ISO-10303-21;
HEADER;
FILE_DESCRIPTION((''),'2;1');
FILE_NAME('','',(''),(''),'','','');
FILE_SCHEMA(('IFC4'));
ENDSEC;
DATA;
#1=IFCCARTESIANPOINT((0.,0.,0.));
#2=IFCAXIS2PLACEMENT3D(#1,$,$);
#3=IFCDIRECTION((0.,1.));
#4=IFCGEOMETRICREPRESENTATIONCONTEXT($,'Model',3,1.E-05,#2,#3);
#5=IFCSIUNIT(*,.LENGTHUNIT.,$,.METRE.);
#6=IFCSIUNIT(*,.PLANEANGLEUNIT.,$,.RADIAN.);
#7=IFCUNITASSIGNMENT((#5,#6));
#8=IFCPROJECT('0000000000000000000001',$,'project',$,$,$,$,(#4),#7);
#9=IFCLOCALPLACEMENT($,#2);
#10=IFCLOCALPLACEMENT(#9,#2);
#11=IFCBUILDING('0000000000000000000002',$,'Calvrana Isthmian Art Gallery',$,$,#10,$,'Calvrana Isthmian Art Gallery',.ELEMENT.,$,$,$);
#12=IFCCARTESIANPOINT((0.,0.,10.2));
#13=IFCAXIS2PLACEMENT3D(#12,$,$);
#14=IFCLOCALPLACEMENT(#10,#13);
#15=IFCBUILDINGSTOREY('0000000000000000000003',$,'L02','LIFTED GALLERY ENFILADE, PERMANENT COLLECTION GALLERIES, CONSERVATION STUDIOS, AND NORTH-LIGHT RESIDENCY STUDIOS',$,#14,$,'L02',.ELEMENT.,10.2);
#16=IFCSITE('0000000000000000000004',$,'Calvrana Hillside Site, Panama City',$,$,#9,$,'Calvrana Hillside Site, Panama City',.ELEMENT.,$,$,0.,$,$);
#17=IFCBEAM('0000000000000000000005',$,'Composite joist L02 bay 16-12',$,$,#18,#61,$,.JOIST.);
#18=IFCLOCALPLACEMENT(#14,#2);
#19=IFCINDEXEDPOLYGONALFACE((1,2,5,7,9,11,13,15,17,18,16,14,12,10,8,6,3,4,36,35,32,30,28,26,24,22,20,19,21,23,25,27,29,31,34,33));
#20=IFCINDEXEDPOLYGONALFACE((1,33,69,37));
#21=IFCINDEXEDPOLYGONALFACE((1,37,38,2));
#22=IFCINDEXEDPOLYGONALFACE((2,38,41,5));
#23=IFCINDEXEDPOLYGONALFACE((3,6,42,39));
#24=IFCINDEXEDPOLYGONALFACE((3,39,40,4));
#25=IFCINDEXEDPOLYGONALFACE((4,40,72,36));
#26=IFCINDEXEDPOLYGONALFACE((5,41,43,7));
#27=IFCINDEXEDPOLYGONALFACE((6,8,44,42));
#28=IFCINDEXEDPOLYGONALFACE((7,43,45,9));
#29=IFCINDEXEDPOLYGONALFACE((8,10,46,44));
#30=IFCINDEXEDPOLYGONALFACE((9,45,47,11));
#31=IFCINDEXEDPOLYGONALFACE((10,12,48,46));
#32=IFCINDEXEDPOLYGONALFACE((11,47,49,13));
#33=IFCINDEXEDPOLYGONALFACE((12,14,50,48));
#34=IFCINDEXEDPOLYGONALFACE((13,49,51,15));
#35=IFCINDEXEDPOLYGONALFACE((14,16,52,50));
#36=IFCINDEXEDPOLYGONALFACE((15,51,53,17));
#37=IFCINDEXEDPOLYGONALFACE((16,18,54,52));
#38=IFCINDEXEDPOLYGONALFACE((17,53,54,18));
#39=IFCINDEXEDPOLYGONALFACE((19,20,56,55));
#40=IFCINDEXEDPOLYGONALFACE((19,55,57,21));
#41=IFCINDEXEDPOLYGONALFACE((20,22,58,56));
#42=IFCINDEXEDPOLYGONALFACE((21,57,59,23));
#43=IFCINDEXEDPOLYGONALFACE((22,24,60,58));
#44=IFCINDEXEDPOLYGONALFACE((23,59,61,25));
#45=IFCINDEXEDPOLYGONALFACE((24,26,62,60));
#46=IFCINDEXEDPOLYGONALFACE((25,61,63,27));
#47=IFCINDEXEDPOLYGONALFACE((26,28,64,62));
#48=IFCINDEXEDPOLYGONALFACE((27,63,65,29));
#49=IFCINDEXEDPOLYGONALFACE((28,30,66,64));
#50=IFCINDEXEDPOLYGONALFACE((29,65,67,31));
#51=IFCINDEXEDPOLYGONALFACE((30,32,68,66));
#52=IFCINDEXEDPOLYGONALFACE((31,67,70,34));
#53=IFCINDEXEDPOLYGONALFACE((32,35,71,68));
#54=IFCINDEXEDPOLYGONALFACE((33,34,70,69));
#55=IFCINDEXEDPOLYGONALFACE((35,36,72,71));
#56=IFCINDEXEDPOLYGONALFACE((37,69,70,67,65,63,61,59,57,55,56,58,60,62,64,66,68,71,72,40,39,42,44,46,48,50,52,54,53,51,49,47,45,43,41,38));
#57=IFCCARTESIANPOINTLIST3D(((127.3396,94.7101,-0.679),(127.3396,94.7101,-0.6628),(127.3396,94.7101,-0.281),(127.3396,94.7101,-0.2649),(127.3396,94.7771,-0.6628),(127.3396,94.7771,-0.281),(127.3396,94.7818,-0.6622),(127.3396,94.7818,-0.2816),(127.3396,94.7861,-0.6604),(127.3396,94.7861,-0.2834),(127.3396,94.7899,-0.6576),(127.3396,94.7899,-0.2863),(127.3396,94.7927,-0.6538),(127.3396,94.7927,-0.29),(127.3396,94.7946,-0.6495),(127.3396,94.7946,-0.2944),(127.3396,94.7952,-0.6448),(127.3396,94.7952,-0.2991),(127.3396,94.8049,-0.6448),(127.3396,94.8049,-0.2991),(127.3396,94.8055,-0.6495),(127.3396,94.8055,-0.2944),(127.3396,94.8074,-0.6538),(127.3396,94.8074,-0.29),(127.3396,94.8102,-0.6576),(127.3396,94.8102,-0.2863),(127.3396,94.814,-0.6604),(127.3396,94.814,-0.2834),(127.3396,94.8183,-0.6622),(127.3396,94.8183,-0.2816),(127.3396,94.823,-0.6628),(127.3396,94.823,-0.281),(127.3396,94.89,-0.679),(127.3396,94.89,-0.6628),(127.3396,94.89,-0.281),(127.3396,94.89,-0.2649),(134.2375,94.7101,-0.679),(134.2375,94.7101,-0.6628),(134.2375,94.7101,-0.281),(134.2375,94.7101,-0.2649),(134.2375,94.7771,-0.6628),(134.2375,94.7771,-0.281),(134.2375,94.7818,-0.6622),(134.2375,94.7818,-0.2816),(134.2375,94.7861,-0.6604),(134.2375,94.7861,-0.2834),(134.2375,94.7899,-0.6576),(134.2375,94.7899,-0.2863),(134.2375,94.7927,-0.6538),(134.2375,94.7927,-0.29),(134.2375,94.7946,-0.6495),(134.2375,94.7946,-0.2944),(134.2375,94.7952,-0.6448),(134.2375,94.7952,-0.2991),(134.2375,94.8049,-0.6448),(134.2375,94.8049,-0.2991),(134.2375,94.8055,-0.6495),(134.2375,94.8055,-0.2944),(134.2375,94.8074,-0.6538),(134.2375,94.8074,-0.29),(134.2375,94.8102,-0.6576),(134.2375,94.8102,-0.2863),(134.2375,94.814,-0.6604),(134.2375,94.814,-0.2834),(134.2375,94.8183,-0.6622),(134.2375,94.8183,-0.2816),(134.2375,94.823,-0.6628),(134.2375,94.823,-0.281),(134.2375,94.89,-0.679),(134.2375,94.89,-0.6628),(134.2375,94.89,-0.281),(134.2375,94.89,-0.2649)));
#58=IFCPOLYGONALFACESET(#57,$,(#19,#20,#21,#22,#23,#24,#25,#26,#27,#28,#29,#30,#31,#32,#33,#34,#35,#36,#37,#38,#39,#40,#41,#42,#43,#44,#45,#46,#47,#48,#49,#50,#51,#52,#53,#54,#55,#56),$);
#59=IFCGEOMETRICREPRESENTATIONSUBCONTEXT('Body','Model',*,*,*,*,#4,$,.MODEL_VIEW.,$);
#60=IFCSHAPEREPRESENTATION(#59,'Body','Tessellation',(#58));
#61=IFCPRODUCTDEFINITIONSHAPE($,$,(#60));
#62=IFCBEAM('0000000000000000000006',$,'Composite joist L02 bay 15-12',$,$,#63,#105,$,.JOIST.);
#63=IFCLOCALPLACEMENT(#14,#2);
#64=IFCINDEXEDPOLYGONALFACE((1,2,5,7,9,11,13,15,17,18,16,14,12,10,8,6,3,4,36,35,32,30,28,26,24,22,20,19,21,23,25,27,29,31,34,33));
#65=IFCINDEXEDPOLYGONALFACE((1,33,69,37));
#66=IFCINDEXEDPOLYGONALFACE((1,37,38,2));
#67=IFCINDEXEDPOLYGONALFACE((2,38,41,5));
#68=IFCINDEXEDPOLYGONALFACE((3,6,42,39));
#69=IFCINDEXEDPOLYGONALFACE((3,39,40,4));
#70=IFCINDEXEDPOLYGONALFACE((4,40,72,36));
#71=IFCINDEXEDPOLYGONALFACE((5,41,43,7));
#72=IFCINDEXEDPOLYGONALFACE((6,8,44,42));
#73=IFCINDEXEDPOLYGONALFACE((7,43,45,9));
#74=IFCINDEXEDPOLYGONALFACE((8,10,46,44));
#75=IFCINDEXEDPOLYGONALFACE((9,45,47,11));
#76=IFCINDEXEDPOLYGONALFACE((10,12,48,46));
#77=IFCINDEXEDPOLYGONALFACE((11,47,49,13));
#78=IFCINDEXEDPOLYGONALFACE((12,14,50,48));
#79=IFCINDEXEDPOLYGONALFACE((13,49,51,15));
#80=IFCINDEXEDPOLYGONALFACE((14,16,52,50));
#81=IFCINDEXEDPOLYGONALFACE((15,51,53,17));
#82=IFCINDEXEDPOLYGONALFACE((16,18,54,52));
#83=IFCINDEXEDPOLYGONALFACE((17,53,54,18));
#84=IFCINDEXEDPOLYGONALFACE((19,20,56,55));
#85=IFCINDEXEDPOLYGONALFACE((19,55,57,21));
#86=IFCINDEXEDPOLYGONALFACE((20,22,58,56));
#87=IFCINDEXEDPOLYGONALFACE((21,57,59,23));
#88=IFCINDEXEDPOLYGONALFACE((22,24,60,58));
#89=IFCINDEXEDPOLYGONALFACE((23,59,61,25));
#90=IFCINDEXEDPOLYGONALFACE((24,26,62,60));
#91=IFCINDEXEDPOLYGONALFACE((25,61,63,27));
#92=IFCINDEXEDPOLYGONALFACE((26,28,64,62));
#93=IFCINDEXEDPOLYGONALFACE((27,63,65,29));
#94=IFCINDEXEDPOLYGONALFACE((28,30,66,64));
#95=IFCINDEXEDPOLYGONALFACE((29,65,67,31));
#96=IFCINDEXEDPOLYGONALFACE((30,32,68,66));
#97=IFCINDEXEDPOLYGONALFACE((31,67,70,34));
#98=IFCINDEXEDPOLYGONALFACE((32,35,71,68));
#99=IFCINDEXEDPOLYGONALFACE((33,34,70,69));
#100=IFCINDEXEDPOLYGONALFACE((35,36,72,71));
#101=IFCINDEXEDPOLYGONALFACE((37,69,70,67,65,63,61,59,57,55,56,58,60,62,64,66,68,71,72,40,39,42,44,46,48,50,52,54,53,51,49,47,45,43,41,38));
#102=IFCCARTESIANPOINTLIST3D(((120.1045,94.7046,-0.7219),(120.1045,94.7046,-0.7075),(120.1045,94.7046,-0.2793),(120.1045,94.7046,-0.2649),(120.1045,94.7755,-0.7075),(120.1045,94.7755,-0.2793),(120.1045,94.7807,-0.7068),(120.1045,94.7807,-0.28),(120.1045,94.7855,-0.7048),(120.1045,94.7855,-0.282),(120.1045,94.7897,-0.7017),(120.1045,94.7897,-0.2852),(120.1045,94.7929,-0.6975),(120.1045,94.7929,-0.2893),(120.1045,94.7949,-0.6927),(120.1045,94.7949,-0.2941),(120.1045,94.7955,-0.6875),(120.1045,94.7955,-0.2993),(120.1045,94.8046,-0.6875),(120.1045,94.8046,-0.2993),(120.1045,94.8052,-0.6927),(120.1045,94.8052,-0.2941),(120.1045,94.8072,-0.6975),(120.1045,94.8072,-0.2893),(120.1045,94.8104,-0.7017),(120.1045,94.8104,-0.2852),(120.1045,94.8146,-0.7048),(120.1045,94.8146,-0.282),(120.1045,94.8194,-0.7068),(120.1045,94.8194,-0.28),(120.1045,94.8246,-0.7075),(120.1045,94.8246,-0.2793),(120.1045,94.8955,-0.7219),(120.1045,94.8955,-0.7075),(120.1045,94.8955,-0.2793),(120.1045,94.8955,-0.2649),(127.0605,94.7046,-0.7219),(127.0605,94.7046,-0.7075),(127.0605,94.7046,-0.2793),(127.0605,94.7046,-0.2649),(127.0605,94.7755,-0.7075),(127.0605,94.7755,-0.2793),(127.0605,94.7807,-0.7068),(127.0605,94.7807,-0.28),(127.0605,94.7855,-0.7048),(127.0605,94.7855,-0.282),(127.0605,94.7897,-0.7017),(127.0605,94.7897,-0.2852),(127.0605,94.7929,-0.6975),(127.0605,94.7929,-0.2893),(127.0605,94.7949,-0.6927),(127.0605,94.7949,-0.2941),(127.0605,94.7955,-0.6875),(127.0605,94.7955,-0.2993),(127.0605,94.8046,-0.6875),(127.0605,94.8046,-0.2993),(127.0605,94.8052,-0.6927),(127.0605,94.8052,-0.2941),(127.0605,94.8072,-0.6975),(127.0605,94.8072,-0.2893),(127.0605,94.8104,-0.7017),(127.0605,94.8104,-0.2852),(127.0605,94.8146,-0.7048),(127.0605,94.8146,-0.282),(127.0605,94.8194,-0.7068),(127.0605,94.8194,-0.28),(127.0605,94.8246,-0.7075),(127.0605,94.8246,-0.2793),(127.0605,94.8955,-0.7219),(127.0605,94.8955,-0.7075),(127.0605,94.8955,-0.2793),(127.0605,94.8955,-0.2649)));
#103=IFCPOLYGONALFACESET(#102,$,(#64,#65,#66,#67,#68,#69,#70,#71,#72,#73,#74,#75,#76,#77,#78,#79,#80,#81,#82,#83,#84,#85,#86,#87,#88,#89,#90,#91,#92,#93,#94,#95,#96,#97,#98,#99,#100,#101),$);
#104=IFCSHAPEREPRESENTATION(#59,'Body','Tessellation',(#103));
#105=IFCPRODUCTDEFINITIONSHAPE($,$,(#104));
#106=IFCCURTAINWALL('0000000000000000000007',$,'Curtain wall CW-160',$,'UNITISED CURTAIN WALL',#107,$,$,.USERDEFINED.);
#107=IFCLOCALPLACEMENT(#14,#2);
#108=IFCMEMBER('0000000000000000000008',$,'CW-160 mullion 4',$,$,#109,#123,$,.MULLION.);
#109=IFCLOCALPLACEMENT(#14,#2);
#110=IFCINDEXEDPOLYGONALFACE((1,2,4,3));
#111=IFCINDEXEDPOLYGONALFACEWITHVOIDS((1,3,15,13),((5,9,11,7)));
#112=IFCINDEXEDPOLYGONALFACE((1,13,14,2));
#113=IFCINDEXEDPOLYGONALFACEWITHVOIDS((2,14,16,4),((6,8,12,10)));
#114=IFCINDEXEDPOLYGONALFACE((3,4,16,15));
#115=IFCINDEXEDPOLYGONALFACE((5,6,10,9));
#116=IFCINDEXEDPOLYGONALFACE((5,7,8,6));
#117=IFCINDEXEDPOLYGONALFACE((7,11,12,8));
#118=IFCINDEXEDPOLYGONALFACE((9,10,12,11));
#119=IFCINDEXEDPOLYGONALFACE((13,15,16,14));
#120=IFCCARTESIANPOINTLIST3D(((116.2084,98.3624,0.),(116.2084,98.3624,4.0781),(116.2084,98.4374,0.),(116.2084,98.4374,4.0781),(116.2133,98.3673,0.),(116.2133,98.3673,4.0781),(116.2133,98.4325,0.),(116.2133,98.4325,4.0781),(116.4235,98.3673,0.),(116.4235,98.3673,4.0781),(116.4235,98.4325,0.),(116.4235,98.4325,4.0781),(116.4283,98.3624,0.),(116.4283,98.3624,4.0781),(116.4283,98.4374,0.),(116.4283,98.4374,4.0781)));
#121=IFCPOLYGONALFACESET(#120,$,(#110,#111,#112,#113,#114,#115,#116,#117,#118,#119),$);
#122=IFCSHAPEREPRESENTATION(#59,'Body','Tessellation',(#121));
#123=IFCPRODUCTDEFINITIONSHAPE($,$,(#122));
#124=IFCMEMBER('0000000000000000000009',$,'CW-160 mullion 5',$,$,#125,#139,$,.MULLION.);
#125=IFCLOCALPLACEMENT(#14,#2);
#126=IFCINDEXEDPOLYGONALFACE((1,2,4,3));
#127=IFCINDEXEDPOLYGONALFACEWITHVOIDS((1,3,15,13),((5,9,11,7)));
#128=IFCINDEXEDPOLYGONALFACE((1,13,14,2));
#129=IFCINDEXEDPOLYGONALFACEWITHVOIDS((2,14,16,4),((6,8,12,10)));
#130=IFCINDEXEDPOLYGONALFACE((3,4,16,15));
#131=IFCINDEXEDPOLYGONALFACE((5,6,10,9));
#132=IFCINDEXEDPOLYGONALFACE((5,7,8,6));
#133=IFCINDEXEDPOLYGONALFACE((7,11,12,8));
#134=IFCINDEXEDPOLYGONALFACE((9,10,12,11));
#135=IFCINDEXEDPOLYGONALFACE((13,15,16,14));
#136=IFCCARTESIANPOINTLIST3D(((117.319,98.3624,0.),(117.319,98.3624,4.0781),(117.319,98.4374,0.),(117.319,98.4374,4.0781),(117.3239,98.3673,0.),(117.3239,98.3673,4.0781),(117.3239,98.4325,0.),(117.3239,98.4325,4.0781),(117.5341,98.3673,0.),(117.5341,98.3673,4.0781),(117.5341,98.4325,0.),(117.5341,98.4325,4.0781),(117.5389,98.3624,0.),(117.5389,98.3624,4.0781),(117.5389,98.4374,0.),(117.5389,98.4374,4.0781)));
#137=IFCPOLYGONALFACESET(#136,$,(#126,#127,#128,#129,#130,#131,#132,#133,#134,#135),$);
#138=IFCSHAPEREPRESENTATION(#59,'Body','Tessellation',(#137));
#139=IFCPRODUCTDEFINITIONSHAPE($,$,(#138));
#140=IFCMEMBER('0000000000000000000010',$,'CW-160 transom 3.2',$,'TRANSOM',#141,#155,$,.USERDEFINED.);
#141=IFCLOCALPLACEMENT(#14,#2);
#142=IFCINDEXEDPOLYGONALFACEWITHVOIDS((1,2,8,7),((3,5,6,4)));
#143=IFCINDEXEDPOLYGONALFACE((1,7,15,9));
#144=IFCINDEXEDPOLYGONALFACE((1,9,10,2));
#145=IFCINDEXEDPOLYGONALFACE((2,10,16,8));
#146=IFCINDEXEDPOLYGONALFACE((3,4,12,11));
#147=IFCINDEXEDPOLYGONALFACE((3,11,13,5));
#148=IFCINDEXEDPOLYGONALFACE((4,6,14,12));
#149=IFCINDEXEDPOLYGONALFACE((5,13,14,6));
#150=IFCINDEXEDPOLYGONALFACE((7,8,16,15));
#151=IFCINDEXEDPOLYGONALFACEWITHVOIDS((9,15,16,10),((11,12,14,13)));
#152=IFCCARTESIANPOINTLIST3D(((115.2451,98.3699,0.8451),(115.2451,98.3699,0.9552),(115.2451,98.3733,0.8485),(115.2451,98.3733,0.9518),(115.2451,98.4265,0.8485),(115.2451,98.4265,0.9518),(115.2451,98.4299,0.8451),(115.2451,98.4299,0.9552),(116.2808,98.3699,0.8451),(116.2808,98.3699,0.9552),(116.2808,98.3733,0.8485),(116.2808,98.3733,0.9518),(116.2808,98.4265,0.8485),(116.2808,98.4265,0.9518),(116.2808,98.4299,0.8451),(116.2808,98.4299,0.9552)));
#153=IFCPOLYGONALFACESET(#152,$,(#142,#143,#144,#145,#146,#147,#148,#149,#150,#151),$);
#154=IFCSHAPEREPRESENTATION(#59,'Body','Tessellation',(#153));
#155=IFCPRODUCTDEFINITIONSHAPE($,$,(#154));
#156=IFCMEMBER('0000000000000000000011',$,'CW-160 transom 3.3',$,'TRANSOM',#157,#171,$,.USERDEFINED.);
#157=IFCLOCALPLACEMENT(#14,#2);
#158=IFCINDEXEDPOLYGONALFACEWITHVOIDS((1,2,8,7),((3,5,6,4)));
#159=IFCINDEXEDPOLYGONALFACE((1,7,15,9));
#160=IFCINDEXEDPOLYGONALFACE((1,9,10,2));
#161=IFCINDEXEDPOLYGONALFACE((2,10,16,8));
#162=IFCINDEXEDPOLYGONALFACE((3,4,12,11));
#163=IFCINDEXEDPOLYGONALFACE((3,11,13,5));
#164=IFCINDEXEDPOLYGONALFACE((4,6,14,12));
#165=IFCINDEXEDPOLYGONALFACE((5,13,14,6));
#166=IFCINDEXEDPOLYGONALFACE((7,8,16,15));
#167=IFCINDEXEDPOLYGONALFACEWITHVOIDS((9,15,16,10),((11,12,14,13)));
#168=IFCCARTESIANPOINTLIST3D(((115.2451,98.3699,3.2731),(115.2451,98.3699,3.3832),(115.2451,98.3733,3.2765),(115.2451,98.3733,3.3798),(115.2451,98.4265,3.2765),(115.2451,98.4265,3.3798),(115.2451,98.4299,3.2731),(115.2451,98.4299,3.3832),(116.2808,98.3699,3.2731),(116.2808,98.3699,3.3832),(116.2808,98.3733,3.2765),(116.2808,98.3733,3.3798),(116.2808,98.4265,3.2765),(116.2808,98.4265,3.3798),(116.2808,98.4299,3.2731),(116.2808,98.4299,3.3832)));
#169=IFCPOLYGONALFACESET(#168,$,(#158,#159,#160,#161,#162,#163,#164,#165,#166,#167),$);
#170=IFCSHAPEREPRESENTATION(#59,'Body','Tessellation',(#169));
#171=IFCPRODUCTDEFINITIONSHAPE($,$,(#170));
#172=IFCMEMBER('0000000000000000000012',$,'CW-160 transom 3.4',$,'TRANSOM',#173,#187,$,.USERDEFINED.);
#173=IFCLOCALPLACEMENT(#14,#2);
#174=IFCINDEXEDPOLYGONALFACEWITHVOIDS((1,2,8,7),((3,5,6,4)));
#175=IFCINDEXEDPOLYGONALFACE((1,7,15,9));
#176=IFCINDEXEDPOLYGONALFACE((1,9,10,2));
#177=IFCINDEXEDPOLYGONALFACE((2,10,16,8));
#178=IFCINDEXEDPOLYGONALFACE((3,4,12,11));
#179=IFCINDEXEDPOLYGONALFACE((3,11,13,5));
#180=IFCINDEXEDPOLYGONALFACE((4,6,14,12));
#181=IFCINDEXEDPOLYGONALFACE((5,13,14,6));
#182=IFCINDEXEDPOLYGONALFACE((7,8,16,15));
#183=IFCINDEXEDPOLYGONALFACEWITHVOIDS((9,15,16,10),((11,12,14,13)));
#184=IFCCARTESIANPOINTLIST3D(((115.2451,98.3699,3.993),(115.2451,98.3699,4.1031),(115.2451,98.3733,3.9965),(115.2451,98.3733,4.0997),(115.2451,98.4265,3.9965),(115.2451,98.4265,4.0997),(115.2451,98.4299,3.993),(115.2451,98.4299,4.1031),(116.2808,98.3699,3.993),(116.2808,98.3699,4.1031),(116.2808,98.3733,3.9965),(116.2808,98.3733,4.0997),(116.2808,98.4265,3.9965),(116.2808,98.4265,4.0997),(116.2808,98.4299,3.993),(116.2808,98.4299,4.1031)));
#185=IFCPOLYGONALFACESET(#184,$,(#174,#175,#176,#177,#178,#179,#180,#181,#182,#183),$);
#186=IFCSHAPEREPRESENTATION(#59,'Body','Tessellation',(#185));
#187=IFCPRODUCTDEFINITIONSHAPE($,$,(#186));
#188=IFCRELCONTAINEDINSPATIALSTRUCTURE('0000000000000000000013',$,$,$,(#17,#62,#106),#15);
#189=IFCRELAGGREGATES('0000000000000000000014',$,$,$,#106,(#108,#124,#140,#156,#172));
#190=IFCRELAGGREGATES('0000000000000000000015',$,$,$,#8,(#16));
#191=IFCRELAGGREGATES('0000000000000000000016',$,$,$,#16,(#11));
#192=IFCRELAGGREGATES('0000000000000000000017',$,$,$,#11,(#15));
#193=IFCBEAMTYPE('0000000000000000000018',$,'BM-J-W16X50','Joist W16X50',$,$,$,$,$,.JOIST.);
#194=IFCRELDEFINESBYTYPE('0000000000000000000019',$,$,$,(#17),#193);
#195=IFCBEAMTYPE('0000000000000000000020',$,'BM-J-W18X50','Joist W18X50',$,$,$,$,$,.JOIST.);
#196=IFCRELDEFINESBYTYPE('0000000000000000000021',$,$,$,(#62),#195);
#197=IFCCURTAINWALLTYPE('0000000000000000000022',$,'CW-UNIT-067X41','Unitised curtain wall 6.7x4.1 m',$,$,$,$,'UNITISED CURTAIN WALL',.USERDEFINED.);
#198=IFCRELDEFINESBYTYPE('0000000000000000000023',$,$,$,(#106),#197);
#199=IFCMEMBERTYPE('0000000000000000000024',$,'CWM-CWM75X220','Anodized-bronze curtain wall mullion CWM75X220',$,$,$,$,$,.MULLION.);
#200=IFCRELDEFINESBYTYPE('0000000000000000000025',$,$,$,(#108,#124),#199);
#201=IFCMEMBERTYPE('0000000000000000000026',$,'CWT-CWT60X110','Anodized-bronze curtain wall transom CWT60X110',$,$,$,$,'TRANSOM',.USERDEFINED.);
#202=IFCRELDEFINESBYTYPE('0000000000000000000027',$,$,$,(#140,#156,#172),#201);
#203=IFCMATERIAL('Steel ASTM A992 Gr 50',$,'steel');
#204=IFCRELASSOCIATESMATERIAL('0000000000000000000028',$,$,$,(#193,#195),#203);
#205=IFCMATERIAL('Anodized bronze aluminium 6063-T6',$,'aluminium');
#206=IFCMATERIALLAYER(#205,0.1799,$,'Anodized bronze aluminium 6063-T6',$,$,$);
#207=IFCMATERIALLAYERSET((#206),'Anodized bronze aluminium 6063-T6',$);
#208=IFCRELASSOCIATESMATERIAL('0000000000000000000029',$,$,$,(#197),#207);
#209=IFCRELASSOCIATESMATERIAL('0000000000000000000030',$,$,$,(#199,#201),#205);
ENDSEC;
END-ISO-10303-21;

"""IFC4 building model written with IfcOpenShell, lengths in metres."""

from ifc_helpers import new_model, si_unit, direction, frame, origin, origin_2d, place, context, subcontext, project, spatial, hollow_rectangle, i_section, extrude, material, layer, layer_set, material_profile, profile_set, type_object, element, aggregate, save


model = new_model("IFC4")

# Units and contexts
model_context = context("Model", 3, precision=1e-05, world=origin(), true_north=direction((0.0, 1.0)))
body_context = subcontext(model_context, "Body", "Model", "MODEL_VIEW")
ifc_project = project(units=[si_unit("LENGTHUNIT", "METRE"), si_unit("PLANEANGLEUNIT", "RADIAN")], contexts=[model_context])

# Site, building, storey
site_placement = place(None, origin())
site = spatial("IfcSite", under=ifc_project, at=site_placement, Name="Calvrana Hillside Site, Panama City", LongName="Calvrana Hillside Site, Panama City", CompositionType="ELEMENT", RefElevation=0.0)
building_placement = place(site_placement, origin())
building = spatial("IfcBuilding", under=site, at=building_placement, Name="Calvrana Isthmian Art Gallery", LongName="Calvrana Isthmian Art Gallery", CompositionType="ELEMENT")
storey_placement = place(building_placement, frame((0.0, 0.0, 10.2)))
storey = spatial("IfcBuildingStorey", under=building, at=storey_placement, Name="L02", Description="LIFTED GALLERY ENFILADE, PERMANENT COLLECTION GALLERIES, CONSERVATION STUDIOS, AND NORTH-LIGHT RESIDENCY STUDIOS", LongName="L02", CompositionType="ELEMENT", Elevation=10.2)

# Beams
ifc_material_1 = material(Name="Steel ASTM A992 Gr 50", Category="steel")
ifc_material_profile_1 = material_profile(ifc_material_1, i_section(OverallWidth=0.1799, OverallDepth=0.4141, WebThickness=0.0098, FlangeThickness=0.0161, FilletRadius=0.0181, at=origin_2d()), Name="W16X50")
ifc_profile_set_1 = profile_set([ifc_material_profile_1], Name="Steel ASTM A992 Gr 50")
beam_type_1 = type_object("IfcBeamType", Name="BM-J-W16X50", Description="Joist W16X50", PredefinedType="JOIST", material=ifc_profile_set_1)
beam_1_placement = place(storey_placement, frame((127.3396, 94.8, -0.4719), z_axis=(1.0, 0.0, 0.0), x_axis=(0.0, 1.0, 0.0)))
element("IfcBeam", 1, at=beam_1_placement, inside=storey, type_object=beam_type_1, Name="Composite joist L02 bay 16-12", PredefinedType="JOIST", context=body_context, shape_type="SweptSolid", body=[
    extrude(i_section(OverallWidth=0.1799, OverallDepth=0.4141, WebThickness=0.0098, FlangeThickness=0.0161, FilletRadius=0.0181, at=origin_2d()), origin(), (0.0, 0.0, 1.0), 6.8979),
])
ifc_material_profile_2 = material_profile(ifc_material_1, i_section(OverallWidth=0.1909, OverallDepth=0.457, WebThickness=0.009, FlangeThickness=0.0144, FilletRadius=0.02, at=origin_2d()), Name="W18X50")
ifc_profile_set_2 = profile_set([ifc_material_profile_2], Name="Steel ASTM A992 Gr 50")
beam_type_2 = type_object("IfcBeamType", Name="BM-J-W18X50", Description="Joist W18X50", PredefinedType="JOIST", material=ifc_profile_set_2)
beam_2_placement = place(storey_placement, frame((120.1045, 94.8, -0.4934), z_axis=(1.0, 0.0, 0.0), x_axis=(0.0, 1.0, 0.0)))
element("IfcBeam", 2, at=beam_2_placement, inside=storey, type_object=beam_type_2, Name="Composite joist L02 bay 15-12", PredefinedType="JOIST", context=body_context, shape_type="SweptSolid", body=[
    extrude(i_section(OverallWidth=0.1909, OverallDepth=0.457, WebThickness=0.009, FlangeThickness=0.0144, FilletRadius=0.02, at=origin_2d()), origin(), (0.0, 0.0, 1.0), 6.9561),
])

# Curtain wall, members
ifc_material_2 = material(Name="Anodized bronze aluminium 6063-T6", Category="aluminium")
ifc_layer_1 = layer(ifc_material_2, 0.1799, Name="Anodized bronze aluminium 6063-T6")
ifc_layer_set_1 = layer_set([ifc_layer_1], Name="Anodized bronze aluminium 6063-T6")
curtain_wall_type = type_object("IfcCurtainWallType", Name="CW-UNIT-067X41", Description="Unitised curtain wall 6.7x4.1 m", ElementType="UNITISED CURTAIN WALL", PredefinedType="USERDEFINED", material=ifc_layer_set_1)
curtain_wall_placement = place(storey_placement, origin())
curtain_wall = element("IfcCurtainWall", 3, at=curtain_wall_placement, inside=storey, type_object=curtain_wall_type, Name="Curtain wall CW-160", ObjectType="UNITISED CURTAIN WALL", PredefinedType="USERDEFINED")
ifc_material_profile_3 = material_profile(ifc_material_2, hollow_rectangle(XDim=0.075, YDim=0.22, WallThickness=0.0049, at=origin_2d()), Name="CWM75X220")
ifc_profile_set_3 = profile_set([ifc_material_profile_3], Name="Anodized bronze aluminium 6063-T6")
member_type_1 = type_object("IfcMemberType", Name="CWM-CWM75X220", Description="Anodized-bronze curtain wall mullion CWM75X220", PredefinedType="MULLION", material=ifc_profile_set_3)
member_1_placement = place(storey_placement, frame((116.3184, 98.3999, 0.0), z_axis=(0.0, 0.0, 1.0), x_axis=(0.0, 1.0, 0.0)))
member_1 = element("IfcMember", 4, at=member_1_placement, type_object=member_type_1, Name="CW-160 mullion 4", PredefinedType="MULLION", context=body_context, shape_type="SweptSolid", body=[
    extrude(hollow_rectangle(XDim=0.075, YDim=0.22, WallThickness=0.0049, at=origin_2d()), origin(), (0.0, 0.0, 1.0), 4.0781),
])
member_2_placement = place(storey_placement, frame((117.429, 98.3999, 0.0), z_axis=(0.0, 0.0, 1.0), x_axis=(0.0, 1.0, 0.0)))
member_2 = element("IfcMember", 5, at=member_2_placement, type_object=member_type_1, Name="CW-160 mullion 5", PredefinedType="MULLION", context=body_context, shape_type="SweptSolid", body=[
    extrude(hollow_rectangle(XDim=0.075, YDim=0.22, WallThickness=0.0049, at=origin_2d()), origin(), (0.0, 0.0, 1.0), 4.0781),
])
ifc_material_profile_4 = material_profile(ifc_material_2, hollow_rectangle(XDim=0.0601, YDim=0.1101, WallThickness=0.0034, at=origin_2d()), Name="CWT60X110")
ifc_profile_set_4 = profile_set([ifc_material_profile_4], Name="Anodized bronze aluminium 6063-T6")
member_type_2 = type_object("IfcMemberType", Name="CWT-CWT60X110", Description="Anodized-bronze curtain wall transom CWT60X110", ElementType="TRANSOM", PredefinedType="USERDEFINED", material=ifc_profile_set_4)
member_3_placement = place(storey_placement, frame((115.2451, 98.3999, 0.9001), z_axis=(1.0, 0.0, 0.0), x_axis=(0.0, 1.0, 0.0)))
member_3 = element("IfcMember", 6, at=member_3_placement, type_object=member_type_2, Name="CW-160 transom 3.2", ObjectType="TRANSOM", PredefinedType="USERDEFINED", context=body_context, shape_type="SweptSolid", body=[
    extrude(hollow_rectangle(XDim=0.0601, YDim=0.1101, WallThickness=0.0034, at=origin_2d()), origin(), (0.0, 0.0, 1.0), 1.0356),
])
member_4_placement = place(storey_placement, frame((115.2451, 98.3999, 3.3281), z_axis=(1.0, 0.0, 0.0), x_axis=(0.0, 1.0, 0.0)))
member_4 = element("IfcMember", 7, at=member_4_placement, type_object=member_type_2, Name="CW-160 transom 3.3", ObjectType="TRANSOM", PredefinedType="USERDEFINED", context=body_context, shape_type="SweptSolid", body=[
    extrude(hollow_rectangle(XDim=0.0601, YDim=0.1101, WallThickness=0.0034, at=origin_2d()), origin(), (0.0, 0.0, 1.0), 1.0356),
])
member_5_placement = place(storey_placement, frame((115.2451, 98.3999, 4.0481), z_axis=(1.0, 0.0, 0.0), x_axis=(0.0, 1.0, 0.0)))
member_5 = element("IfcMember", 8, at=member_5_placement, type_object=member_type_2, Name="CW-160 transom 3.4", ObjectType="TRANSOM", PredefinedType="USERDEFINED", context=body_context, shape_type="SweptSolid", body=[
    extrude(hollow_rectangle(XDim=0.0601, YDim=0.1101, WallThickness=0.0034, at=origin_2d()), origin(), (0.0, 0.0, 1.0), 1.0356),
])
aggregate(curtain_wall, [member_1, member_2, member_3, member_4, member_5])

save(model, "model.ifc")
